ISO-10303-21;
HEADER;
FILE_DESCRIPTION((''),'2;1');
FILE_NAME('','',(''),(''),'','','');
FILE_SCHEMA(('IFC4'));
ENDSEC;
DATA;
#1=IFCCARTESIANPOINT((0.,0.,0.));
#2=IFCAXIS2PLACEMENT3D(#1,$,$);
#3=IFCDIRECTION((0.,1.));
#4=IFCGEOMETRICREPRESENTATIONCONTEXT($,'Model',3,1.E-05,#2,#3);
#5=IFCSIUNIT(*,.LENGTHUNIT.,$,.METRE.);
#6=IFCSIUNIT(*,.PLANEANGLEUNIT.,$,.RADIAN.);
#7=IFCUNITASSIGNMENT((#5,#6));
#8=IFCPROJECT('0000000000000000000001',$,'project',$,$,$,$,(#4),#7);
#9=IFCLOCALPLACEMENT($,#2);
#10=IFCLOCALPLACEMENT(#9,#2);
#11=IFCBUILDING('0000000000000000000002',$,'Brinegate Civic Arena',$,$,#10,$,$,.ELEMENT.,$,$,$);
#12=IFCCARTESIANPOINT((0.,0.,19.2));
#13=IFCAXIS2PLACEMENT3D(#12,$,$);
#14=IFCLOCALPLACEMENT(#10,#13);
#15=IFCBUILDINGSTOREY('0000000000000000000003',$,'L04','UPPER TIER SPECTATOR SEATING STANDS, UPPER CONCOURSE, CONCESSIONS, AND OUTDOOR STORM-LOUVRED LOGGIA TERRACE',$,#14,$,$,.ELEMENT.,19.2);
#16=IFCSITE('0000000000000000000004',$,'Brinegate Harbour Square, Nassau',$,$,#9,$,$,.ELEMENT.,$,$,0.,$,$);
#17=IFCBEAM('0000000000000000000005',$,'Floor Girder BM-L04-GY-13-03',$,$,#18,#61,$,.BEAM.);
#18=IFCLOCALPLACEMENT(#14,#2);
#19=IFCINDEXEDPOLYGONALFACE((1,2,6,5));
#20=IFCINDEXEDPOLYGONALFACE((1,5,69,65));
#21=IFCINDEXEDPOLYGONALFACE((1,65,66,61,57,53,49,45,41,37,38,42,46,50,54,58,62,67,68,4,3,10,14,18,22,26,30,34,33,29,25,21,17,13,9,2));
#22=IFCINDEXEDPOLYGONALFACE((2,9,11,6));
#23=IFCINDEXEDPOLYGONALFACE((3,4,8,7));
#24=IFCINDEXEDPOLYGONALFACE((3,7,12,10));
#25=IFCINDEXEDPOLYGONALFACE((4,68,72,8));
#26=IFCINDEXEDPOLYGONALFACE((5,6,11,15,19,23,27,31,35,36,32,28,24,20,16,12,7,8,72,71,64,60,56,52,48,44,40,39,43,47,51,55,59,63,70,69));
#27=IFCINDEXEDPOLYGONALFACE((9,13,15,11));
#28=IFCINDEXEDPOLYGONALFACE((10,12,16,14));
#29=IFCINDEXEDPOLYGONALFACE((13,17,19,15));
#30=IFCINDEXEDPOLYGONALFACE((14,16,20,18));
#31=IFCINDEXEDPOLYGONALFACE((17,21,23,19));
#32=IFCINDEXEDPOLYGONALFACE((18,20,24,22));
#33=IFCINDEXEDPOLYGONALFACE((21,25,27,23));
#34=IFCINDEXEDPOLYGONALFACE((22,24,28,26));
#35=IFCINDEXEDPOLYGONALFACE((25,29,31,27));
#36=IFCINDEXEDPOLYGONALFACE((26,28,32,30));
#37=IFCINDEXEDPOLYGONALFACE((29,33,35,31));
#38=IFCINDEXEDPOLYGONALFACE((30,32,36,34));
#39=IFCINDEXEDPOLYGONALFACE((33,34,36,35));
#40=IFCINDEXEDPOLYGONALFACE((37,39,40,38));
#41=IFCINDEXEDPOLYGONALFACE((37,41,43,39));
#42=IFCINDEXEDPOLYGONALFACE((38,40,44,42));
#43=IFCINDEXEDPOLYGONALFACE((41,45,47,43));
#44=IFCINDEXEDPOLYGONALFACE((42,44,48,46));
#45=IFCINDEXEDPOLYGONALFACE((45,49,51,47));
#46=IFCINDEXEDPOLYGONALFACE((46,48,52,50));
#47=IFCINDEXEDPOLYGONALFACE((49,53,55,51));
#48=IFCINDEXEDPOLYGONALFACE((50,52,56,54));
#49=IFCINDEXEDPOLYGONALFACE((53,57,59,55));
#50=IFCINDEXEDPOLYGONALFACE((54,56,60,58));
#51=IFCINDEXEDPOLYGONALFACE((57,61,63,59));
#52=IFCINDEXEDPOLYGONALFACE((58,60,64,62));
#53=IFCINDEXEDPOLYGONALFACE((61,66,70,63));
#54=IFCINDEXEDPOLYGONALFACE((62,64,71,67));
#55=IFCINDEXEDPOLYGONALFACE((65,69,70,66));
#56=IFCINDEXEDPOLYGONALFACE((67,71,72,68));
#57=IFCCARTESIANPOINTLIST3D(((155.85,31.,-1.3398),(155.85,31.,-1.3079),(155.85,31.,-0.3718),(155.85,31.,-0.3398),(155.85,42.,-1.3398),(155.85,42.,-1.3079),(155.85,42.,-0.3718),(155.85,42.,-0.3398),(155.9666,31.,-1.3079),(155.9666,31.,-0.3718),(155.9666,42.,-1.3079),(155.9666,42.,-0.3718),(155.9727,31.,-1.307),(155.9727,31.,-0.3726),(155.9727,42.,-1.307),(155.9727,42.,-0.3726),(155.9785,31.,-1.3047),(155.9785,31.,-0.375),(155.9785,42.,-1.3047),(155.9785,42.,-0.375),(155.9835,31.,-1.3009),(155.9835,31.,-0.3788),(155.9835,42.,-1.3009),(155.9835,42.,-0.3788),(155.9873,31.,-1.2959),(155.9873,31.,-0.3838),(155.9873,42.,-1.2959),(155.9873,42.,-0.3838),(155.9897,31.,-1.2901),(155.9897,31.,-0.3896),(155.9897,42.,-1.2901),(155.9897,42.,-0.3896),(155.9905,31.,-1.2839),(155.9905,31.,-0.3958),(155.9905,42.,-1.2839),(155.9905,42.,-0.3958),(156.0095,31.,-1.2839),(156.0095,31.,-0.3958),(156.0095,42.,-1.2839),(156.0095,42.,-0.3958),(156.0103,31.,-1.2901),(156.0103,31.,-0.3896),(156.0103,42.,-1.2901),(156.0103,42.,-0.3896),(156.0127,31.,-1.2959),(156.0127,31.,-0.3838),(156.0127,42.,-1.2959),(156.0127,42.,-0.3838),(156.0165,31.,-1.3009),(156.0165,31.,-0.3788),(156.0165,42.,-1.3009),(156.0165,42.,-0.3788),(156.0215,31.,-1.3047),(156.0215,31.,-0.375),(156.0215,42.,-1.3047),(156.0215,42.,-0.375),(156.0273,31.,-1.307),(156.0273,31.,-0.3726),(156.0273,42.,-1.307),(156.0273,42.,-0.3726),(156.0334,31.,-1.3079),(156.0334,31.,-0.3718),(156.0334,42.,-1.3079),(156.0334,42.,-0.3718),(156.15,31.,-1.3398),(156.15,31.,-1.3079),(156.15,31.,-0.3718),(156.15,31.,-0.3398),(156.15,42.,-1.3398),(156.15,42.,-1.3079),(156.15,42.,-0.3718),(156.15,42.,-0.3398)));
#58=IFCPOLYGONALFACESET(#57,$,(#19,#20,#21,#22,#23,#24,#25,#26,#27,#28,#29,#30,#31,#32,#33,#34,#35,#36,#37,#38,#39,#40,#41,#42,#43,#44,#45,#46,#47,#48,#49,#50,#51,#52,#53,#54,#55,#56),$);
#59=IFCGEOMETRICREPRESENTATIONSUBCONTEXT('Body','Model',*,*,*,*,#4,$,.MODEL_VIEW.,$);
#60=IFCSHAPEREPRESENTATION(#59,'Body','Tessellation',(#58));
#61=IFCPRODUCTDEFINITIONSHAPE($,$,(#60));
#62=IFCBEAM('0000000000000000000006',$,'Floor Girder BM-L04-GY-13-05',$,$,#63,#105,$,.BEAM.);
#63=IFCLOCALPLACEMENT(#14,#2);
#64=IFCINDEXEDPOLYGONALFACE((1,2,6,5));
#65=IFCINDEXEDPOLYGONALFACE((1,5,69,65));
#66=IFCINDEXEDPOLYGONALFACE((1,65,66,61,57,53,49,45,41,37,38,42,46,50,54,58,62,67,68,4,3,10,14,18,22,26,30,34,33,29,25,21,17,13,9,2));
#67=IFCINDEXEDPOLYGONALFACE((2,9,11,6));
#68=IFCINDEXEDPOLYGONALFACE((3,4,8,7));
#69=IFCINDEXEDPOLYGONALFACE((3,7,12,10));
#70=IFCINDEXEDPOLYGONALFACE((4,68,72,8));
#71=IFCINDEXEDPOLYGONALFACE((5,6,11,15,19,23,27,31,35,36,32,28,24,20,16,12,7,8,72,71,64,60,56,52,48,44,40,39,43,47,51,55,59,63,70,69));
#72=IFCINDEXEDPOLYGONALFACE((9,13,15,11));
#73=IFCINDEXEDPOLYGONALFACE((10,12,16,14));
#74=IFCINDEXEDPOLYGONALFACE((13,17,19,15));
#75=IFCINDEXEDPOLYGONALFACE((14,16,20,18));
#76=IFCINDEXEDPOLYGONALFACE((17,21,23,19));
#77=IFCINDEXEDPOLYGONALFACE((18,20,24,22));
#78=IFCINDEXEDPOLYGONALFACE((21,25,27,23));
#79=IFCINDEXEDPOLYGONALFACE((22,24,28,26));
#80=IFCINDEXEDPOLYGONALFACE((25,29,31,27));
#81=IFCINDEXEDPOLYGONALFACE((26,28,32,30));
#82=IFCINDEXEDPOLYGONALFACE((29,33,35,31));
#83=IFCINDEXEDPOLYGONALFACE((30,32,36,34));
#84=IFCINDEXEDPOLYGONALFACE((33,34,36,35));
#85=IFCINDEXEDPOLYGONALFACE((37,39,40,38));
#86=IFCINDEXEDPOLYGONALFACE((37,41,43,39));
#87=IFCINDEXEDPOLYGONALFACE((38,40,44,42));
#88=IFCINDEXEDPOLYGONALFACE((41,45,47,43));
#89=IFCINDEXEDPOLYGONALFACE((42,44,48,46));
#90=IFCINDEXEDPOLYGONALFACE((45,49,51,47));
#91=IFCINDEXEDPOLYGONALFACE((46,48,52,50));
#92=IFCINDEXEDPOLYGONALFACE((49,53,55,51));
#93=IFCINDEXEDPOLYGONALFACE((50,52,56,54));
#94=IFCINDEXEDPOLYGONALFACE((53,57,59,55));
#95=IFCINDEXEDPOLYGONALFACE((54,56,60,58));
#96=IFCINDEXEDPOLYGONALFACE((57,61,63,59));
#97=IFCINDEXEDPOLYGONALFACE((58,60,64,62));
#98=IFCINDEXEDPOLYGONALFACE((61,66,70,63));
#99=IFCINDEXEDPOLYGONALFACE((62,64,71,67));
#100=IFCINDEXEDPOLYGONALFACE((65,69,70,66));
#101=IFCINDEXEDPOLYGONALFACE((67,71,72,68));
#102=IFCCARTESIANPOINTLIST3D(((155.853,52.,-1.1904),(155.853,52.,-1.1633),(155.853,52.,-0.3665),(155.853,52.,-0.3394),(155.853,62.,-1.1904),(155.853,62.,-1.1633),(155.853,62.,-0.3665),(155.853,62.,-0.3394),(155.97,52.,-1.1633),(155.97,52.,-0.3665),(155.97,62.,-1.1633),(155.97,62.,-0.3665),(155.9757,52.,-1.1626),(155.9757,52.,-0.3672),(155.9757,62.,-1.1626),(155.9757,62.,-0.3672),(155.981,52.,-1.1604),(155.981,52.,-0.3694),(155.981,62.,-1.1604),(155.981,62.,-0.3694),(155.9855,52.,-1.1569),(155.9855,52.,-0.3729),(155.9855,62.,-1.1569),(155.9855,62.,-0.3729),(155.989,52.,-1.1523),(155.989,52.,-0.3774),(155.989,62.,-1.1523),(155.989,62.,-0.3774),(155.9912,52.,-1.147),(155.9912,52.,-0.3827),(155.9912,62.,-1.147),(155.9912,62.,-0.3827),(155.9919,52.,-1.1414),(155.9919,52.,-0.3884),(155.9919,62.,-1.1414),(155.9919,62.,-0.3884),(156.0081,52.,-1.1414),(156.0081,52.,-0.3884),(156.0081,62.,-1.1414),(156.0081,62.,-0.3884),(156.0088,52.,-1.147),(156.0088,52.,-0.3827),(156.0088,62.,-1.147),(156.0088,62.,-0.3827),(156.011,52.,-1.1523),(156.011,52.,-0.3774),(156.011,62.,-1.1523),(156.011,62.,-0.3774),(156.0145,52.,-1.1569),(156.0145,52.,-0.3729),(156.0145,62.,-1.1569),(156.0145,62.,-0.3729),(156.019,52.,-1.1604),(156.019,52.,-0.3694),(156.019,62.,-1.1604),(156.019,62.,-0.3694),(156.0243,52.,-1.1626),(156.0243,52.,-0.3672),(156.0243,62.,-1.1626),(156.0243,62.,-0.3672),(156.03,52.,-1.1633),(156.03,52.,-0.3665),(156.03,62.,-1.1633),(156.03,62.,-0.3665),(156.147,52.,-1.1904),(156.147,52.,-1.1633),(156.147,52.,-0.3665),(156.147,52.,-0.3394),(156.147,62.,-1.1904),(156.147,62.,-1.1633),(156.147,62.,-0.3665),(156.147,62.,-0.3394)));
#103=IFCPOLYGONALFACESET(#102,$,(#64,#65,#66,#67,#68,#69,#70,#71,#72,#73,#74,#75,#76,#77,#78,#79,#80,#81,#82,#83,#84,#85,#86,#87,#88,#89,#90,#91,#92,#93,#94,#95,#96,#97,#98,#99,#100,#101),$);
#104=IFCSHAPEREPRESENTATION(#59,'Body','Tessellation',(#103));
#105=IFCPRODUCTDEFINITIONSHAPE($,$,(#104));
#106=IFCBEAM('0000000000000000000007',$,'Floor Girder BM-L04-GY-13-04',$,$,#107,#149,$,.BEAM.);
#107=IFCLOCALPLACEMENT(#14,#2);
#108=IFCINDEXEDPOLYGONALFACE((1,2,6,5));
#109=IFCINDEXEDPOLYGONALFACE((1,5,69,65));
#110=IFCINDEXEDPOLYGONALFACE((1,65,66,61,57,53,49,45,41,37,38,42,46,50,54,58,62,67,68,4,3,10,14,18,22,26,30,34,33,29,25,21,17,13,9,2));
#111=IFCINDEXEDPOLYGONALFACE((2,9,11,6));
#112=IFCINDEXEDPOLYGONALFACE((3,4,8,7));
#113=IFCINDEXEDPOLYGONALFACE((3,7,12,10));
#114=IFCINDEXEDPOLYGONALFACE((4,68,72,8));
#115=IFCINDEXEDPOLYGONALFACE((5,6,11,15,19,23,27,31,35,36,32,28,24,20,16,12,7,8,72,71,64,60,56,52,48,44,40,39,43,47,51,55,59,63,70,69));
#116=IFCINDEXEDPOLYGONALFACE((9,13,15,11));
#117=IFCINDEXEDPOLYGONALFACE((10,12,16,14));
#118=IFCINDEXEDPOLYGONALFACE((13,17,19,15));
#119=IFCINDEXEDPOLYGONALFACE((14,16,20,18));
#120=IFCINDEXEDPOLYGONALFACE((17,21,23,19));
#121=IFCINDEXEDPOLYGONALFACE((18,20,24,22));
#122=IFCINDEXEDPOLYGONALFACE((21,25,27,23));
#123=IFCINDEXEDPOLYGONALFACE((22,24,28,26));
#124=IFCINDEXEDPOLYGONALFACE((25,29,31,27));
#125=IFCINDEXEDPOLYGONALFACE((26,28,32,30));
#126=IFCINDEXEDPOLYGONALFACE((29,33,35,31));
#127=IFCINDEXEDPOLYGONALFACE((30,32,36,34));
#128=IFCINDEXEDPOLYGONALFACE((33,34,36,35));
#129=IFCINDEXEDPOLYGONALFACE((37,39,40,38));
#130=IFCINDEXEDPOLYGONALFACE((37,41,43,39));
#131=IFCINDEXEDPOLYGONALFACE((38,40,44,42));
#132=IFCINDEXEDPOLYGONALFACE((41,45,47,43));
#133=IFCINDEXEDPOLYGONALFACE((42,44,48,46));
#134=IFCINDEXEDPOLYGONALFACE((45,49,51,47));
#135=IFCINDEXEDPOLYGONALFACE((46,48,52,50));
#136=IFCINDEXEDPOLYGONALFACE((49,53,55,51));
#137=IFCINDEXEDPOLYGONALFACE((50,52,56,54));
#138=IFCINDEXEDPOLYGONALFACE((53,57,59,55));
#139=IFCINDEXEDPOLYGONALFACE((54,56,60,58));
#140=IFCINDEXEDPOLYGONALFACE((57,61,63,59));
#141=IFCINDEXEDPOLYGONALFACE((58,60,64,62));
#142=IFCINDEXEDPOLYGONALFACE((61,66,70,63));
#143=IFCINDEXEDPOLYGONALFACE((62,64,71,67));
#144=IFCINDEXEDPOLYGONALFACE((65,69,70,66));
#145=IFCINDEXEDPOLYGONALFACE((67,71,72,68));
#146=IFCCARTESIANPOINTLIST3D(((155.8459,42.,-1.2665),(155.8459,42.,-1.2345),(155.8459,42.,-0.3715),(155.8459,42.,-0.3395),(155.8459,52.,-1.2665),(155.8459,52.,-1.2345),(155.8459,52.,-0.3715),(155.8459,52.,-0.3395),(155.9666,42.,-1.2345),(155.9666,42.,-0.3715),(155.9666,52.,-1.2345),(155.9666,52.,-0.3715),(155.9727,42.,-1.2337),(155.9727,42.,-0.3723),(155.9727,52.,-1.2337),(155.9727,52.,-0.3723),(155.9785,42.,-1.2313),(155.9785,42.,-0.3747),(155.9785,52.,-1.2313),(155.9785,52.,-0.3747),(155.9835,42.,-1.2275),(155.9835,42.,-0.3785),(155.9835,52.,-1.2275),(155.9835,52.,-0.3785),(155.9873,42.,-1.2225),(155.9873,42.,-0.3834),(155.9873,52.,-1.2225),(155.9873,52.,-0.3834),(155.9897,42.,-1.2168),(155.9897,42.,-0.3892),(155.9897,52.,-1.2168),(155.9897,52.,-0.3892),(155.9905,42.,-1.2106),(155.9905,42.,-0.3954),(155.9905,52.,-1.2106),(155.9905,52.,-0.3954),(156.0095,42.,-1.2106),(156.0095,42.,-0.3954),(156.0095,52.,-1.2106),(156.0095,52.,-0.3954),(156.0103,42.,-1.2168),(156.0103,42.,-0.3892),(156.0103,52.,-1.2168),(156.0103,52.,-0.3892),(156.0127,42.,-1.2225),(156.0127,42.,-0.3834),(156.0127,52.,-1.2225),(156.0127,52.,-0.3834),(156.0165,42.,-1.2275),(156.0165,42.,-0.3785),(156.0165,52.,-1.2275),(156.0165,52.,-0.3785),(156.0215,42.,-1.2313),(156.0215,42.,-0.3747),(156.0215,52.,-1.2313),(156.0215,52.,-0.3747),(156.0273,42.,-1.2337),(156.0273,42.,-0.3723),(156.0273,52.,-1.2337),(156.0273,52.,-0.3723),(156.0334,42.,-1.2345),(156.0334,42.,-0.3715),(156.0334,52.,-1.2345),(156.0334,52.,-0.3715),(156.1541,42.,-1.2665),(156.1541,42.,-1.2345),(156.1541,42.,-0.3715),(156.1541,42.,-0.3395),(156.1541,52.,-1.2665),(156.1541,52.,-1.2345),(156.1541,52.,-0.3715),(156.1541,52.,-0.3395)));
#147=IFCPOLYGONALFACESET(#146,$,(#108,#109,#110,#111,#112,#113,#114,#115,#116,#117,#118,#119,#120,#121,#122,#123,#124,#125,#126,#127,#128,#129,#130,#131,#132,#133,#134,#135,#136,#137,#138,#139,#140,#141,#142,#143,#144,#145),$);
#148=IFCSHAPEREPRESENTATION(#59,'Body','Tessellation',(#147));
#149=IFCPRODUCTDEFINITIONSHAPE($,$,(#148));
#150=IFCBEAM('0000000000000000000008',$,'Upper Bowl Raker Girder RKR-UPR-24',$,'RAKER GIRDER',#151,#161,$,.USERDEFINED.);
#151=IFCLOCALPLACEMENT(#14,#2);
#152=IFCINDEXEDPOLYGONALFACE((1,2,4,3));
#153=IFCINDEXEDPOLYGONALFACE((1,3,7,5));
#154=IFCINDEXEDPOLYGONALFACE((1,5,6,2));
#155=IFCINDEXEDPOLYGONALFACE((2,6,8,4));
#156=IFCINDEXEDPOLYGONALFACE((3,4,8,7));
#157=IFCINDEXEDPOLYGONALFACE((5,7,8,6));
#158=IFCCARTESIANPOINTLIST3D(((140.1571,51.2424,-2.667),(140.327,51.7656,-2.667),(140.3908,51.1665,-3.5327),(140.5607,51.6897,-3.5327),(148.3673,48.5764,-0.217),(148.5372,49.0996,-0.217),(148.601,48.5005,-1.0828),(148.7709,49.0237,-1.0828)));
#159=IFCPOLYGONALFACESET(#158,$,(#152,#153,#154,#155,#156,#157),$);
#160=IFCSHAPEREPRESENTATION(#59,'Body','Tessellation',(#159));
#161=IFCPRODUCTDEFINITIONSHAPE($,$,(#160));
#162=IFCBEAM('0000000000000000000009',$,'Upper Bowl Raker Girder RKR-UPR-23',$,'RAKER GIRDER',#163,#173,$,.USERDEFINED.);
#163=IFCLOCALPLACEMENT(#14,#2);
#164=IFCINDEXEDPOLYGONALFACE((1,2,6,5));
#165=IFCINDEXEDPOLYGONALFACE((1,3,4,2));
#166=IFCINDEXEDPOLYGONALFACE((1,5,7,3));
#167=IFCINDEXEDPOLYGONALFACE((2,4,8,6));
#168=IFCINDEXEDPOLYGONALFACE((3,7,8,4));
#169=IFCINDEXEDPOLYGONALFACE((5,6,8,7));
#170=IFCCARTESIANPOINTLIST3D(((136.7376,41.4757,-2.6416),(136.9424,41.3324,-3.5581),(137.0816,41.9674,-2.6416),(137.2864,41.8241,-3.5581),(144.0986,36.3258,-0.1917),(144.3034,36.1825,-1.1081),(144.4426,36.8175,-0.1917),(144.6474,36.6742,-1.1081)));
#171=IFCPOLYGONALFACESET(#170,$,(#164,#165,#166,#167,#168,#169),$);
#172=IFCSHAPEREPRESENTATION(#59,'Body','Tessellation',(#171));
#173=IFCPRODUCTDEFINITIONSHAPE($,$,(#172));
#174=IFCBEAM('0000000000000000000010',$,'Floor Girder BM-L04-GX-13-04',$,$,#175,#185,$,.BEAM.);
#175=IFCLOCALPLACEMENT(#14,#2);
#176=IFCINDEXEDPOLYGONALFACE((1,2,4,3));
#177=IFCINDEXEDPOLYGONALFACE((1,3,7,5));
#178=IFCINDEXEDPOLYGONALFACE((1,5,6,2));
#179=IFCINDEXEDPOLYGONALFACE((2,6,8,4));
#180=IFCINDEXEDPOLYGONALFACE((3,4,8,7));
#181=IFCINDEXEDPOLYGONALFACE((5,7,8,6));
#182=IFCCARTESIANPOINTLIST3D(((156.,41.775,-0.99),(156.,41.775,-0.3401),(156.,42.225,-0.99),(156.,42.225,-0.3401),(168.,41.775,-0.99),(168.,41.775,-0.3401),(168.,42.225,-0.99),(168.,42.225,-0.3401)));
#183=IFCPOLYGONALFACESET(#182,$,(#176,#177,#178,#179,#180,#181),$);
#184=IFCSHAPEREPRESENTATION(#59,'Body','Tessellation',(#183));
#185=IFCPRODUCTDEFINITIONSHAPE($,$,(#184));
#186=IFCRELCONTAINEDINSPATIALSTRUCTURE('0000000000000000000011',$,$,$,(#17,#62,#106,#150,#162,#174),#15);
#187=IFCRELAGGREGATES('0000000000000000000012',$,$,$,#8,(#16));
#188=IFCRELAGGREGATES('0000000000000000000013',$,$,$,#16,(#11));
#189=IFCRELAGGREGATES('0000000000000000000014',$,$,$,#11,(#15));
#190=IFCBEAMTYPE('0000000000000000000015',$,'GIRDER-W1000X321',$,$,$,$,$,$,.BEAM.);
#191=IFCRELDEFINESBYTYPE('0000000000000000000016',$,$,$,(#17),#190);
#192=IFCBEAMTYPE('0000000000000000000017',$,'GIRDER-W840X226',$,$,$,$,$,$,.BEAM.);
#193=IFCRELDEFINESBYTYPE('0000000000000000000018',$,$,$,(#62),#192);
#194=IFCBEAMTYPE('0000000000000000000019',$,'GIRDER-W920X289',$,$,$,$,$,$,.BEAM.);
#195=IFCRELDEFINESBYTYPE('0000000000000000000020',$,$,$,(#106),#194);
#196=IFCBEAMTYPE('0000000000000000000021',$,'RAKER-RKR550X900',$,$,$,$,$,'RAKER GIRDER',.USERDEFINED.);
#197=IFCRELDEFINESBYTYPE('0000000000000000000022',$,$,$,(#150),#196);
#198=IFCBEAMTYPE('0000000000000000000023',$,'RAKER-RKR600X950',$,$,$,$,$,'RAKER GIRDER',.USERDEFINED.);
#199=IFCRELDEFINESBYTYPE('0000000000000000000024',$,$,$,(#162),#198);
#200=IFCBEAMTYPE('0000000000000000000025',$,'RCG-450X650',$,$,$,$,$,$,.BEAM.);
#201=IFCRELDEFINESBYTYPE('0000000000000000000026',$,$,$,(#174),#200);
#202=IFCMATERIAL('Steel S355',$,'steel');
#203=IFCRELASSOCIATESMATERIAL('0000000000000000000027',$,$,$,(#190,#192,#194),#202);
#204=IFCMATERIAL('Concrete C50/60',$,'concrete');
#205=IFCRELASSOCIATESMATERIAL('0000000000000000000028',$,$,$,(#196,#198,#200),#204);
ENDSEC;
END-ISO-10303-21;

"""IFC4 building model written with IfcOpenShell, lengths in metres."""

from ifc_helpers import new_model, si_unit, direction, frame, origin, origin_2d, place, context, subcontext, project, spatial, rectangle, i_section, extrude, material, material_profile, profile_set, type_object, element, save


model = new_model("IFC4")

# Units and contexts
model_context = context("Model", 3, precision=1e-05, world=origin(), true_north=direction((0.0, 1.0)))
body_context = subcontext(model_context, "Body", "Model", "MODEL_VIEW")
ifc_project = project(units=[si_unit("LENGTHUNIT", "METRE"), si_unit("PLANEANGLEUNIT", "RADIAN")], contexts=[model_context])

# Site, building, storey
site_placement = place(None, origin())
site = spatial("IfcSite", under=ifc_project, at=site_placement, Name="Brinegate Harbour Square, Nassau", CompositionType="ELEMENT", RefElevation=0.0)
building_placement = place(site_placement, origin())
building = spatial("IfcBuilding", under=site, at=building_placement, Name="Brinegate Civic Arena", CompositionType="ELEMENT")
storey_placement = place(building_placement, frame((0.0, 0.0, 19.2)))
storey = spatial("IfcBuildingStorey", under=building, at=storey_placement, Name="L04", Description="UPPER TIER SPECTATOR SEATING STANDS, UPPER CONCOURSE, CONCESSIONS, AND OUTDOOR STORM-LOUVRED LOGGIA TERRACE", CompositionType="ELEMENT", Elevation=19.2)

# Shared definitions
ifc_material_1 = material(Name="Steel S355", Category="steel")

# Beams
ifc_material_profile_1 = material_profile(ifc_material_1, i_section(OverallWidth=0.3, OverallDepth=1.0, WebThickness=0.019, FlangeThickness=0.032, FilletRadius=0.0239, at=origin_2d()), Name="W1000X321")
ifc_profile_set_1 = profile_set([ifc_material_profile_1], Name="Steel S355")
beam_type_1 = type_object("IfcBeamType", Name="GIRDER-W1000X321", PredefinedType="BEAM", material=ifc_profile_set_1)
beam_1_placement = place(storey_placement, frame((156.0, 31.0, -0.8398), z_axis=(0.0, 1.0, 0.0), x_axis=(-1.0, 0.0, 0.0)))
element("IfcBeam", 1, at=beam_1_placement, inside=storey, type_object=beam_type_1, Name="Floor Girder BM-L04-GY-13-03", PredefinedType="BEAM", context=body_context, shape_type="SweptSolid", body=[
    extrude(i_section(OverallWidth=0.3, OverallDepth=1.0, WebThickness=0.019, FlangeThickness=0.032, FilletRadius=0.0239, at=origin_2d()), origin(), (0.0, 0.0, 1.0), 11.0),
])
ifc_material_profile_2 = material_profile(ifc_material_1, i_section(OverallWidth=0.2939, OverallDepth=0.8511, WebThickness=0.0161, FlangeThickness=0.0271, FilletRadius=0.022, at=origin_2d()), Name="W840X226")
ifc_profile_set_2 = profile_set([ifc_material_profile_2], Name="Steel S355")
beam_type_2 = type_object("IfcBeamType", Name="GIRDER-W840X226", PredefinedType="BEAM", material=ifc_profile_set_2)
beam_2_placement = place(storey_placement, frame((156.0, 52.0, -0.7649), z_axis=(0.0, 1.0, 0.0), x_axis=(-1.0, 0.0, 0.0)))
element("IfcBeam", 2, at=beam_2_placement, inside=storey, type_object=beam_type_2, Name="Floor Girder BM-L04-GY-13-05", PredefinedType="BEAM", context=body_context, shape_type="SweptSolid", body=[
    extrude(i_section(OverallWidth=0.2939, OverallDepth=0.8511, WebThickness=0.0161, FlangeThickness=0.0271, FilletRadius=0.022, at=origin_2d()), origin(), (0.0, 0.0, 1.0), 10.0),
])
ifc_material_profile_3 = material_profile(ifc_material_1, i_section(OverallWidth=0.3081, OverallDepth=0.927, WebThickness=0.019, FlangeThickness=0.032, FilletRadius=0.0239, at=origin_2d()), Name="W920X289")
ifc_profile_set_3 = profile_set([ifc_material_profile_3], Name="Steel S355")
beam_type_3 = type_object("IfcBeamType", Name="GIRDER-W920X289", PredefinedType="BEAM", material=ifc_profile_set_3)
beam_3_placement = place(storey_placement, frame((156.0, 42.0, -0.803), z_axis=(0.0, 1.0, 0.0), x_axis=(-1.0, 0.0, 0.0)))
element("IfcBeam", 3, at=beam_3_placement, inside=storey, type_object=beam_type_3, Name="Floor Girder BM-L04-GY-13-04", PredefinedType="BEAM", context=body_context, shape_type="SweptSolid", body=[
    extrude(i_section(OverallWidth=0.3081, OverallDepth=0.927, WebThickness=0.019, FlangeThickness=0.032, FilletRadius=0.0239, at=origin_2d()), origin(), (0.0, 0.0, 1.0), 10.0),
])
ifc_material_2 = material(Name="Concrete C50/60", Category="concrete")
ifc_material_profile_4 = material_profile(ifc_material_2, rectangle(XDim=0.55, YDim=0.8999, at=origin_2d()), Name="RKR550X900")
ifc_profile_set_4 = profile_set([ifc_material_profile_4], Name="Concrete C50/60")
beam_type_4 = type_object("IfcBeamType", Name="RAKER-RKR550X900", ElementType="RAKER GIRDER", PredefinedType="USERDEFINED", material=ifc_profile_set_4)
beam_4_placement = place(storey_placement, frame((140.3589, 51.4661, -3.0999), z_axis=(0.914975, -0.29711, 0.273031), x_axis=(0.308845, 0.951112, 0.0)))
element("IfcBeam", 4, at=beam_4_placement, inside=storey, type_object=beam_type_4, Name="Upper Bowl Raker Girder RKR-UPR-24", ObjectType="RAKER GIRDER", PredefinedType="USERDEFINED", context=body_context, shape_type="SweptSolid", body=[
    extrude(rectangle(XDim=0.55, YDim=0.8999, at=origin_2d()), origin(), (0.0, 0.0, 1.0), 8.9731),
])
ifc_material_profile_5 = material_profile(ifc_material_2, rectangle(XDim=0.6001, YDim=0.95, at=origin_2d()), Name="RKR600X950")
ifc_profile_set_5 = profile_set([ifc_material_profile_5], Name="Concrete C50/60")
beam_type_5 = type_object("IfcBeamType", Name="RAKER-RKR600X950", ElementType="RAKER GIRDER", PredefinedType="USERDEFINED", material=ifc_profile_set_5)
beam_5_placement = place(storey_placement, frame((137.012, 41.6499, -3.0999), z_axis=(0.790513, -0.553052, 0.263102), x_axis=(0.573249, 0.819381, 0.0)))
element("IfcBeam", 5, at=beam_5_placement, inside=storey, type_object=beam_type_5, Name="Upper Bowl Raker Girder RKR-UPR-23", ObjectType="RAKER GIRDER", PredefinedType="USERDEFINED", context=body_context, shape_type="SweptSolid", body=[
    extrude(rectangle(XDim=0.6001, YDim=0.95, at=origin_2d()), origin(), (0.0, 0.0, 1.0), 9.3118),
])
ifc_material_profile_6 = material_profile(ifc_material_2, rectangle(XDim=0.45, YDim=0.6499, at=origin_2d()), Name="RCB450X650")
ifc_profile_set_6 = profile_set([ifc_material_profile_6], Name="Concrete C50/60")
beam_type_6 = type_object("IfcBeamType", Name="RCG-450X650", PredefinedType="BEAM", material=ifc_profile_set_6)
beam_6_placement = place(storey_placement, frame((156.0, 42.0, -0.665), z_axis=(1.0, 0.0, 0.0), x_axis=(0.0, 1.0, 0.0)))
element("IfcBeam", 6, at=beam_6_placement, inside=storey, type_object=beam_type_6, Name="Floor Girder BM-L04-GX-13-04", PredefinedType="BEAM", context=body_context, shape_type="SweptSolid", body=[
    extrude(rectangle(XDim=0.45, YDim=0.6499, at=origin_2d()), origin(), (0.0, 0.0, 1.0), 12.0),
])

save(model, "model.ifc")
